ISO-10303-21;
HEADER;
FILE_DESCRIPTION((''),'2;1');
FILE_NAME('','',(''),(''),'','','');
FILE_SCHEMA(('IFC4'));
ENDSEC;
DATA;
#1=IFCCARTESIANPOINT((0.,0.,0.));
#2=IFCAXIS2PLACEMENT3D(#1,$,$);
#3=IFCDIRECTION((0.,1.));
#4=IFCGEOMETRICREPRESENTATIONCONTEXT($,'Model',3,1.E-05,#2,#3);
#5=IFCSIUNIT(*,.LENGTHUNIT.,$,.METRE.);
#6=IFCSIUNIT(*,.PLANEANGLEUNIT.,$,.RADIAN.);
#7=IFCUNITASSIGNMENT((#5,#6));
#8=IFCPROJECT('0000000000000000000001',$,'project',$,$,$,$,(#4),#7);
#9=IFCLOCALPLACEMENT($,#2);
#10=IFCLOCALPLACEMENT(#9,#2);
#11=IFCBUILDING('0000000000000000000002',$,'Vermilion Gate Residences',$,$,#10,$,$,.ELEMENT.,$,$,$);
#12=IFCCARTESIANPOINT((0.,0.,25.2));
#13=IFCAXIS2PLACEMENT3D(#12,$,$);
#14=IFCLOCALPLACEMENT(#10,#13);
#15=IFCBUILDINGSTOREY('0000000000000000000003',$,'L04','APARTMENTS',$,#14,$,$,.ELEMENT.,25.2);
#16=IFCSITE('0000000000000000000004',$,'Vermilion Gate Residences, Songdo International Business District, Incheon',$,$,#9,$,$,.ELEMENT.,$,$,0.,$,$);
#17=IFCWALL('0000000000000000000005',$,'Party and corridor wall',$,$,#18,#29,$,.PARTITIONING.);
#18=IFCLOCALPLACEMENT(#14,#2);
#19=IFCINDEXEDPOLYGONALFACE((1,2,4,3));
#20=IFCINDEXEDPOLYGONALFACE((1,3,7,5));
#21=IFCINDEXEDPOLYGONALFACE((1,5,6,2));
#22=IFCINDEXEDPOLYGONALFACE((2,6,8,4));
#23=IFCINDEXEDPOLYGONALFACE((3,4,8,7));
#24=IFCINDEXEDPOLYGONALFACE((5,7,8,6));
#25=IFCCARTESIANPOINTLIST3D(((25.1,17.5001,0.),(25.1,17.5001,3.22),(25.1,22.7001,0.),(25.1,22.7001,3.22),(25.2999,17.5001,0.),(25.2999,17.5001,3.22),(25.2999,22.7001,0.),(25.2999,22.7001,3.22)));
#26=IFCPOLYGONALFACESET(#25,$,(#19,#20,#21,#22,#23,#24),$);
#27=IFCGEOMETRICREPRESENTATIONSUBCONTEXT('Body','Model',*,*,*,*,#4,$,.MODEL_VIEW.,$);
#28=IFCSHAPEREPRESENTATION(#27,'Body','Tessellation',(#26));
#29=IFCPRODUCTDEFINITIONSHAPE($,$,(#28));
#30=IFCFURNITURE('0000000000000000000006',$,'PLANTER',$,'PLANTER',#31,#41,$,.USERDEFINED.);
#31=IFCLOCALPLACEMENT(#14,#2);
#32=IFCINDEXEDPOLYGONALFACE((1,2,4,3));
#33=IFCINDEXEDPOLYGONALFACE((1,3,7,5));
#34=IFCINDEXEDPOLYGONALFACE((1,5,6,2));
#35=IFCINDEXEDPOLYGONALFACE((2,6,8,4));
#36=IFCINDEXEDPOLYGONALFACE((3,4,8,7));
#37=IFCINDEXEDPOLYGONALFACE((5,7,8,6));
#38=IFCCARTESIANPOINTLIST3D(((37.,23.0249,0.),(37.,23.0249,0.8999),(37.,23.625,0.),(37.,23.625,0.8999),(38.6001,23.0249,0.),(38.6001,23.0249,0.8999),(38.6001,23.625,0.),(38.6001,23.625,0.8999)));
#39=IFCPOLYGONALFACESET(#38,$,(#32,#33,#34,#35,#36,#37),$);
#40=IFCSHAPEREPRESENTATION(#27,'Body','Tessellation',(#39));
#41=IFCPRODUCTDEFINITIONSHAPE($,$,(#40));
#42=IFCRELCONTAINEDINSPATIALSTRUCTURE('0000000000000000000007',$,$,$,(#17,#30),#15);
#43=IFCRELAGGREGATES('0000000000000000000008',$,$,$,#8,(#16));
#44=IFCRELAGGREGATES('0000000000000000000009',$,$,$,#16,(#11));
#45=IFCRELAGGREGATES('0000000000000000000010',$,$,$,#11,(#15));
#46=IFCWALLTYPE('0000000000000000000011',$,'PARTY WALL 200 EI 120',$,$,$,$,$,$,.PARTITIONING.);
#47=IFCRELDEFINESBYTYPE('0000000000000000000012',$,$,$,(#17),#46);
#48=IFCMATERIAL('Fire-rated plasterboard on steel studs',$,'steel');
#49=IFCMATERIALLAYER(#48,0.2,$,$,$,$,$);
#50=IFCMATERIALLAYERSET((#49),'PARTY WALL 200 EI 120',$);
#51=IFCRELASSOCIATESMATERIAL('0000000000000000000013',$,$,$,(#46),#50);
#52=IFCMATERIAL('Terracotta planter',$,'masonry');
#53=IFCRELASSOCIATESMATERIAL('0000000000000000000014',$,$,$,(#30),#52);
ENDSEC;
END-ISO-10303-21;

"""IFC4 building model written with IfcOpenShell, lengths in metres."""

from ifc_helpers import new_model, si_unit, direction, frame, frame_2d, origin, origin_2d, place, context, subcontext, project, spatial, rectangle, extrude, material, layer, layer_set, type_object, element, save


model = new_model("IFC4")

# Units and contexts
model_context = context("Model", 3, precision=1e-05, world=origin(), true_north=direction((0.0, 1.0)))
body_context = subcontext(model_context, "Body", "Model", "MODEL_VIEW")
ifc_project = project(units=[si_unit("LENGTHUNIT", "METRE"), si_unit("PLANEANGLEUNIT", "RADIAN")], contexts=[model_context])

# Site, building, storey
site_placement = place(None, origin())
site = spatial("IfcSite", under=ifc_project, at=site_placement, Name="Vermilion Gate Residences, Songdo International Business District, Incheon", CompositionType="ELEMENT", RefElevation=0.0)
building_placement = place(site_placement, origin())
building = spatial("IfcBuilding", under=site, at=building_placement, Name="Vermilion Gate Residences", CompositionType="ELEMENT")
storey_placement = place(building_placement, frame((0.0, 0.0, 25.2)))
storey = spatial("IfcBuildingStorey", under=building, at=storey_placement, Name="L04", Description="APARTMENTS", CompositionType="ELEMENT", Elevation=25.2)

# Wall
ifc_material_1 = material(Name="Fire-rated plasterboard on steel studs", Category="steel")
ifc_layer_1 = layer(ifc_material_1, 0.2)
ifc_layer_set_1 = layer_set([ifc_layer_1], Name="PARTY WALL 200 EI 120")
wall_type_1 = type_object("IfcWallType", Name="PARTY WALL 200 EI 120", PredefinedType="PARTITIONING", material=ifc_layer_set_1)
wall_1_placement = place(storey_placement, frame((25.2, 17.5, 0.0), z_axis=(0.0, 0.0, 1.0), x_axis=(0.0, 1.0, 0.0)))
element("IfcWall", 1, at=wall_1_placement, inside=storey, type_object=wall_type_1, Name="Party and corridor wall", PredefinedType="PARTITIONING", context=body_context, shape_type="SweptSolid", body=[
    extrude(rectangle(XDim=5.2, YDim=0.2, at=frame_2d((2.6001, 0.0))), origin(), (0.0, 0.0, 1.0), 3.22),
])

# Furniture
ifc_material_2 = material(Name="Terracotta planter", Category="masonry")
furniture_placement = place(storey_placement, frame((37.8, 23.325, 0.0), z_axis=(0.0, 0.0, 1.0), x_axis=(-1.0, 0.0, 0.0)))
element("IfcFurniture", 2, at=furniture_placement, inside=storey, material=ifc_material_2, Name="PLANTER", ObjectType="PLANTER", PredefinedType="USERDEFINED", context=body_context, shape_type="SweptSolid", body=[
    extrude(rectangle(XDim=1.6001, YDim=0.6001, at=origin_2d()), origin(), (0.0, 0.0, 1.0), 0.8999),
])

save(model, "model.ifc")
